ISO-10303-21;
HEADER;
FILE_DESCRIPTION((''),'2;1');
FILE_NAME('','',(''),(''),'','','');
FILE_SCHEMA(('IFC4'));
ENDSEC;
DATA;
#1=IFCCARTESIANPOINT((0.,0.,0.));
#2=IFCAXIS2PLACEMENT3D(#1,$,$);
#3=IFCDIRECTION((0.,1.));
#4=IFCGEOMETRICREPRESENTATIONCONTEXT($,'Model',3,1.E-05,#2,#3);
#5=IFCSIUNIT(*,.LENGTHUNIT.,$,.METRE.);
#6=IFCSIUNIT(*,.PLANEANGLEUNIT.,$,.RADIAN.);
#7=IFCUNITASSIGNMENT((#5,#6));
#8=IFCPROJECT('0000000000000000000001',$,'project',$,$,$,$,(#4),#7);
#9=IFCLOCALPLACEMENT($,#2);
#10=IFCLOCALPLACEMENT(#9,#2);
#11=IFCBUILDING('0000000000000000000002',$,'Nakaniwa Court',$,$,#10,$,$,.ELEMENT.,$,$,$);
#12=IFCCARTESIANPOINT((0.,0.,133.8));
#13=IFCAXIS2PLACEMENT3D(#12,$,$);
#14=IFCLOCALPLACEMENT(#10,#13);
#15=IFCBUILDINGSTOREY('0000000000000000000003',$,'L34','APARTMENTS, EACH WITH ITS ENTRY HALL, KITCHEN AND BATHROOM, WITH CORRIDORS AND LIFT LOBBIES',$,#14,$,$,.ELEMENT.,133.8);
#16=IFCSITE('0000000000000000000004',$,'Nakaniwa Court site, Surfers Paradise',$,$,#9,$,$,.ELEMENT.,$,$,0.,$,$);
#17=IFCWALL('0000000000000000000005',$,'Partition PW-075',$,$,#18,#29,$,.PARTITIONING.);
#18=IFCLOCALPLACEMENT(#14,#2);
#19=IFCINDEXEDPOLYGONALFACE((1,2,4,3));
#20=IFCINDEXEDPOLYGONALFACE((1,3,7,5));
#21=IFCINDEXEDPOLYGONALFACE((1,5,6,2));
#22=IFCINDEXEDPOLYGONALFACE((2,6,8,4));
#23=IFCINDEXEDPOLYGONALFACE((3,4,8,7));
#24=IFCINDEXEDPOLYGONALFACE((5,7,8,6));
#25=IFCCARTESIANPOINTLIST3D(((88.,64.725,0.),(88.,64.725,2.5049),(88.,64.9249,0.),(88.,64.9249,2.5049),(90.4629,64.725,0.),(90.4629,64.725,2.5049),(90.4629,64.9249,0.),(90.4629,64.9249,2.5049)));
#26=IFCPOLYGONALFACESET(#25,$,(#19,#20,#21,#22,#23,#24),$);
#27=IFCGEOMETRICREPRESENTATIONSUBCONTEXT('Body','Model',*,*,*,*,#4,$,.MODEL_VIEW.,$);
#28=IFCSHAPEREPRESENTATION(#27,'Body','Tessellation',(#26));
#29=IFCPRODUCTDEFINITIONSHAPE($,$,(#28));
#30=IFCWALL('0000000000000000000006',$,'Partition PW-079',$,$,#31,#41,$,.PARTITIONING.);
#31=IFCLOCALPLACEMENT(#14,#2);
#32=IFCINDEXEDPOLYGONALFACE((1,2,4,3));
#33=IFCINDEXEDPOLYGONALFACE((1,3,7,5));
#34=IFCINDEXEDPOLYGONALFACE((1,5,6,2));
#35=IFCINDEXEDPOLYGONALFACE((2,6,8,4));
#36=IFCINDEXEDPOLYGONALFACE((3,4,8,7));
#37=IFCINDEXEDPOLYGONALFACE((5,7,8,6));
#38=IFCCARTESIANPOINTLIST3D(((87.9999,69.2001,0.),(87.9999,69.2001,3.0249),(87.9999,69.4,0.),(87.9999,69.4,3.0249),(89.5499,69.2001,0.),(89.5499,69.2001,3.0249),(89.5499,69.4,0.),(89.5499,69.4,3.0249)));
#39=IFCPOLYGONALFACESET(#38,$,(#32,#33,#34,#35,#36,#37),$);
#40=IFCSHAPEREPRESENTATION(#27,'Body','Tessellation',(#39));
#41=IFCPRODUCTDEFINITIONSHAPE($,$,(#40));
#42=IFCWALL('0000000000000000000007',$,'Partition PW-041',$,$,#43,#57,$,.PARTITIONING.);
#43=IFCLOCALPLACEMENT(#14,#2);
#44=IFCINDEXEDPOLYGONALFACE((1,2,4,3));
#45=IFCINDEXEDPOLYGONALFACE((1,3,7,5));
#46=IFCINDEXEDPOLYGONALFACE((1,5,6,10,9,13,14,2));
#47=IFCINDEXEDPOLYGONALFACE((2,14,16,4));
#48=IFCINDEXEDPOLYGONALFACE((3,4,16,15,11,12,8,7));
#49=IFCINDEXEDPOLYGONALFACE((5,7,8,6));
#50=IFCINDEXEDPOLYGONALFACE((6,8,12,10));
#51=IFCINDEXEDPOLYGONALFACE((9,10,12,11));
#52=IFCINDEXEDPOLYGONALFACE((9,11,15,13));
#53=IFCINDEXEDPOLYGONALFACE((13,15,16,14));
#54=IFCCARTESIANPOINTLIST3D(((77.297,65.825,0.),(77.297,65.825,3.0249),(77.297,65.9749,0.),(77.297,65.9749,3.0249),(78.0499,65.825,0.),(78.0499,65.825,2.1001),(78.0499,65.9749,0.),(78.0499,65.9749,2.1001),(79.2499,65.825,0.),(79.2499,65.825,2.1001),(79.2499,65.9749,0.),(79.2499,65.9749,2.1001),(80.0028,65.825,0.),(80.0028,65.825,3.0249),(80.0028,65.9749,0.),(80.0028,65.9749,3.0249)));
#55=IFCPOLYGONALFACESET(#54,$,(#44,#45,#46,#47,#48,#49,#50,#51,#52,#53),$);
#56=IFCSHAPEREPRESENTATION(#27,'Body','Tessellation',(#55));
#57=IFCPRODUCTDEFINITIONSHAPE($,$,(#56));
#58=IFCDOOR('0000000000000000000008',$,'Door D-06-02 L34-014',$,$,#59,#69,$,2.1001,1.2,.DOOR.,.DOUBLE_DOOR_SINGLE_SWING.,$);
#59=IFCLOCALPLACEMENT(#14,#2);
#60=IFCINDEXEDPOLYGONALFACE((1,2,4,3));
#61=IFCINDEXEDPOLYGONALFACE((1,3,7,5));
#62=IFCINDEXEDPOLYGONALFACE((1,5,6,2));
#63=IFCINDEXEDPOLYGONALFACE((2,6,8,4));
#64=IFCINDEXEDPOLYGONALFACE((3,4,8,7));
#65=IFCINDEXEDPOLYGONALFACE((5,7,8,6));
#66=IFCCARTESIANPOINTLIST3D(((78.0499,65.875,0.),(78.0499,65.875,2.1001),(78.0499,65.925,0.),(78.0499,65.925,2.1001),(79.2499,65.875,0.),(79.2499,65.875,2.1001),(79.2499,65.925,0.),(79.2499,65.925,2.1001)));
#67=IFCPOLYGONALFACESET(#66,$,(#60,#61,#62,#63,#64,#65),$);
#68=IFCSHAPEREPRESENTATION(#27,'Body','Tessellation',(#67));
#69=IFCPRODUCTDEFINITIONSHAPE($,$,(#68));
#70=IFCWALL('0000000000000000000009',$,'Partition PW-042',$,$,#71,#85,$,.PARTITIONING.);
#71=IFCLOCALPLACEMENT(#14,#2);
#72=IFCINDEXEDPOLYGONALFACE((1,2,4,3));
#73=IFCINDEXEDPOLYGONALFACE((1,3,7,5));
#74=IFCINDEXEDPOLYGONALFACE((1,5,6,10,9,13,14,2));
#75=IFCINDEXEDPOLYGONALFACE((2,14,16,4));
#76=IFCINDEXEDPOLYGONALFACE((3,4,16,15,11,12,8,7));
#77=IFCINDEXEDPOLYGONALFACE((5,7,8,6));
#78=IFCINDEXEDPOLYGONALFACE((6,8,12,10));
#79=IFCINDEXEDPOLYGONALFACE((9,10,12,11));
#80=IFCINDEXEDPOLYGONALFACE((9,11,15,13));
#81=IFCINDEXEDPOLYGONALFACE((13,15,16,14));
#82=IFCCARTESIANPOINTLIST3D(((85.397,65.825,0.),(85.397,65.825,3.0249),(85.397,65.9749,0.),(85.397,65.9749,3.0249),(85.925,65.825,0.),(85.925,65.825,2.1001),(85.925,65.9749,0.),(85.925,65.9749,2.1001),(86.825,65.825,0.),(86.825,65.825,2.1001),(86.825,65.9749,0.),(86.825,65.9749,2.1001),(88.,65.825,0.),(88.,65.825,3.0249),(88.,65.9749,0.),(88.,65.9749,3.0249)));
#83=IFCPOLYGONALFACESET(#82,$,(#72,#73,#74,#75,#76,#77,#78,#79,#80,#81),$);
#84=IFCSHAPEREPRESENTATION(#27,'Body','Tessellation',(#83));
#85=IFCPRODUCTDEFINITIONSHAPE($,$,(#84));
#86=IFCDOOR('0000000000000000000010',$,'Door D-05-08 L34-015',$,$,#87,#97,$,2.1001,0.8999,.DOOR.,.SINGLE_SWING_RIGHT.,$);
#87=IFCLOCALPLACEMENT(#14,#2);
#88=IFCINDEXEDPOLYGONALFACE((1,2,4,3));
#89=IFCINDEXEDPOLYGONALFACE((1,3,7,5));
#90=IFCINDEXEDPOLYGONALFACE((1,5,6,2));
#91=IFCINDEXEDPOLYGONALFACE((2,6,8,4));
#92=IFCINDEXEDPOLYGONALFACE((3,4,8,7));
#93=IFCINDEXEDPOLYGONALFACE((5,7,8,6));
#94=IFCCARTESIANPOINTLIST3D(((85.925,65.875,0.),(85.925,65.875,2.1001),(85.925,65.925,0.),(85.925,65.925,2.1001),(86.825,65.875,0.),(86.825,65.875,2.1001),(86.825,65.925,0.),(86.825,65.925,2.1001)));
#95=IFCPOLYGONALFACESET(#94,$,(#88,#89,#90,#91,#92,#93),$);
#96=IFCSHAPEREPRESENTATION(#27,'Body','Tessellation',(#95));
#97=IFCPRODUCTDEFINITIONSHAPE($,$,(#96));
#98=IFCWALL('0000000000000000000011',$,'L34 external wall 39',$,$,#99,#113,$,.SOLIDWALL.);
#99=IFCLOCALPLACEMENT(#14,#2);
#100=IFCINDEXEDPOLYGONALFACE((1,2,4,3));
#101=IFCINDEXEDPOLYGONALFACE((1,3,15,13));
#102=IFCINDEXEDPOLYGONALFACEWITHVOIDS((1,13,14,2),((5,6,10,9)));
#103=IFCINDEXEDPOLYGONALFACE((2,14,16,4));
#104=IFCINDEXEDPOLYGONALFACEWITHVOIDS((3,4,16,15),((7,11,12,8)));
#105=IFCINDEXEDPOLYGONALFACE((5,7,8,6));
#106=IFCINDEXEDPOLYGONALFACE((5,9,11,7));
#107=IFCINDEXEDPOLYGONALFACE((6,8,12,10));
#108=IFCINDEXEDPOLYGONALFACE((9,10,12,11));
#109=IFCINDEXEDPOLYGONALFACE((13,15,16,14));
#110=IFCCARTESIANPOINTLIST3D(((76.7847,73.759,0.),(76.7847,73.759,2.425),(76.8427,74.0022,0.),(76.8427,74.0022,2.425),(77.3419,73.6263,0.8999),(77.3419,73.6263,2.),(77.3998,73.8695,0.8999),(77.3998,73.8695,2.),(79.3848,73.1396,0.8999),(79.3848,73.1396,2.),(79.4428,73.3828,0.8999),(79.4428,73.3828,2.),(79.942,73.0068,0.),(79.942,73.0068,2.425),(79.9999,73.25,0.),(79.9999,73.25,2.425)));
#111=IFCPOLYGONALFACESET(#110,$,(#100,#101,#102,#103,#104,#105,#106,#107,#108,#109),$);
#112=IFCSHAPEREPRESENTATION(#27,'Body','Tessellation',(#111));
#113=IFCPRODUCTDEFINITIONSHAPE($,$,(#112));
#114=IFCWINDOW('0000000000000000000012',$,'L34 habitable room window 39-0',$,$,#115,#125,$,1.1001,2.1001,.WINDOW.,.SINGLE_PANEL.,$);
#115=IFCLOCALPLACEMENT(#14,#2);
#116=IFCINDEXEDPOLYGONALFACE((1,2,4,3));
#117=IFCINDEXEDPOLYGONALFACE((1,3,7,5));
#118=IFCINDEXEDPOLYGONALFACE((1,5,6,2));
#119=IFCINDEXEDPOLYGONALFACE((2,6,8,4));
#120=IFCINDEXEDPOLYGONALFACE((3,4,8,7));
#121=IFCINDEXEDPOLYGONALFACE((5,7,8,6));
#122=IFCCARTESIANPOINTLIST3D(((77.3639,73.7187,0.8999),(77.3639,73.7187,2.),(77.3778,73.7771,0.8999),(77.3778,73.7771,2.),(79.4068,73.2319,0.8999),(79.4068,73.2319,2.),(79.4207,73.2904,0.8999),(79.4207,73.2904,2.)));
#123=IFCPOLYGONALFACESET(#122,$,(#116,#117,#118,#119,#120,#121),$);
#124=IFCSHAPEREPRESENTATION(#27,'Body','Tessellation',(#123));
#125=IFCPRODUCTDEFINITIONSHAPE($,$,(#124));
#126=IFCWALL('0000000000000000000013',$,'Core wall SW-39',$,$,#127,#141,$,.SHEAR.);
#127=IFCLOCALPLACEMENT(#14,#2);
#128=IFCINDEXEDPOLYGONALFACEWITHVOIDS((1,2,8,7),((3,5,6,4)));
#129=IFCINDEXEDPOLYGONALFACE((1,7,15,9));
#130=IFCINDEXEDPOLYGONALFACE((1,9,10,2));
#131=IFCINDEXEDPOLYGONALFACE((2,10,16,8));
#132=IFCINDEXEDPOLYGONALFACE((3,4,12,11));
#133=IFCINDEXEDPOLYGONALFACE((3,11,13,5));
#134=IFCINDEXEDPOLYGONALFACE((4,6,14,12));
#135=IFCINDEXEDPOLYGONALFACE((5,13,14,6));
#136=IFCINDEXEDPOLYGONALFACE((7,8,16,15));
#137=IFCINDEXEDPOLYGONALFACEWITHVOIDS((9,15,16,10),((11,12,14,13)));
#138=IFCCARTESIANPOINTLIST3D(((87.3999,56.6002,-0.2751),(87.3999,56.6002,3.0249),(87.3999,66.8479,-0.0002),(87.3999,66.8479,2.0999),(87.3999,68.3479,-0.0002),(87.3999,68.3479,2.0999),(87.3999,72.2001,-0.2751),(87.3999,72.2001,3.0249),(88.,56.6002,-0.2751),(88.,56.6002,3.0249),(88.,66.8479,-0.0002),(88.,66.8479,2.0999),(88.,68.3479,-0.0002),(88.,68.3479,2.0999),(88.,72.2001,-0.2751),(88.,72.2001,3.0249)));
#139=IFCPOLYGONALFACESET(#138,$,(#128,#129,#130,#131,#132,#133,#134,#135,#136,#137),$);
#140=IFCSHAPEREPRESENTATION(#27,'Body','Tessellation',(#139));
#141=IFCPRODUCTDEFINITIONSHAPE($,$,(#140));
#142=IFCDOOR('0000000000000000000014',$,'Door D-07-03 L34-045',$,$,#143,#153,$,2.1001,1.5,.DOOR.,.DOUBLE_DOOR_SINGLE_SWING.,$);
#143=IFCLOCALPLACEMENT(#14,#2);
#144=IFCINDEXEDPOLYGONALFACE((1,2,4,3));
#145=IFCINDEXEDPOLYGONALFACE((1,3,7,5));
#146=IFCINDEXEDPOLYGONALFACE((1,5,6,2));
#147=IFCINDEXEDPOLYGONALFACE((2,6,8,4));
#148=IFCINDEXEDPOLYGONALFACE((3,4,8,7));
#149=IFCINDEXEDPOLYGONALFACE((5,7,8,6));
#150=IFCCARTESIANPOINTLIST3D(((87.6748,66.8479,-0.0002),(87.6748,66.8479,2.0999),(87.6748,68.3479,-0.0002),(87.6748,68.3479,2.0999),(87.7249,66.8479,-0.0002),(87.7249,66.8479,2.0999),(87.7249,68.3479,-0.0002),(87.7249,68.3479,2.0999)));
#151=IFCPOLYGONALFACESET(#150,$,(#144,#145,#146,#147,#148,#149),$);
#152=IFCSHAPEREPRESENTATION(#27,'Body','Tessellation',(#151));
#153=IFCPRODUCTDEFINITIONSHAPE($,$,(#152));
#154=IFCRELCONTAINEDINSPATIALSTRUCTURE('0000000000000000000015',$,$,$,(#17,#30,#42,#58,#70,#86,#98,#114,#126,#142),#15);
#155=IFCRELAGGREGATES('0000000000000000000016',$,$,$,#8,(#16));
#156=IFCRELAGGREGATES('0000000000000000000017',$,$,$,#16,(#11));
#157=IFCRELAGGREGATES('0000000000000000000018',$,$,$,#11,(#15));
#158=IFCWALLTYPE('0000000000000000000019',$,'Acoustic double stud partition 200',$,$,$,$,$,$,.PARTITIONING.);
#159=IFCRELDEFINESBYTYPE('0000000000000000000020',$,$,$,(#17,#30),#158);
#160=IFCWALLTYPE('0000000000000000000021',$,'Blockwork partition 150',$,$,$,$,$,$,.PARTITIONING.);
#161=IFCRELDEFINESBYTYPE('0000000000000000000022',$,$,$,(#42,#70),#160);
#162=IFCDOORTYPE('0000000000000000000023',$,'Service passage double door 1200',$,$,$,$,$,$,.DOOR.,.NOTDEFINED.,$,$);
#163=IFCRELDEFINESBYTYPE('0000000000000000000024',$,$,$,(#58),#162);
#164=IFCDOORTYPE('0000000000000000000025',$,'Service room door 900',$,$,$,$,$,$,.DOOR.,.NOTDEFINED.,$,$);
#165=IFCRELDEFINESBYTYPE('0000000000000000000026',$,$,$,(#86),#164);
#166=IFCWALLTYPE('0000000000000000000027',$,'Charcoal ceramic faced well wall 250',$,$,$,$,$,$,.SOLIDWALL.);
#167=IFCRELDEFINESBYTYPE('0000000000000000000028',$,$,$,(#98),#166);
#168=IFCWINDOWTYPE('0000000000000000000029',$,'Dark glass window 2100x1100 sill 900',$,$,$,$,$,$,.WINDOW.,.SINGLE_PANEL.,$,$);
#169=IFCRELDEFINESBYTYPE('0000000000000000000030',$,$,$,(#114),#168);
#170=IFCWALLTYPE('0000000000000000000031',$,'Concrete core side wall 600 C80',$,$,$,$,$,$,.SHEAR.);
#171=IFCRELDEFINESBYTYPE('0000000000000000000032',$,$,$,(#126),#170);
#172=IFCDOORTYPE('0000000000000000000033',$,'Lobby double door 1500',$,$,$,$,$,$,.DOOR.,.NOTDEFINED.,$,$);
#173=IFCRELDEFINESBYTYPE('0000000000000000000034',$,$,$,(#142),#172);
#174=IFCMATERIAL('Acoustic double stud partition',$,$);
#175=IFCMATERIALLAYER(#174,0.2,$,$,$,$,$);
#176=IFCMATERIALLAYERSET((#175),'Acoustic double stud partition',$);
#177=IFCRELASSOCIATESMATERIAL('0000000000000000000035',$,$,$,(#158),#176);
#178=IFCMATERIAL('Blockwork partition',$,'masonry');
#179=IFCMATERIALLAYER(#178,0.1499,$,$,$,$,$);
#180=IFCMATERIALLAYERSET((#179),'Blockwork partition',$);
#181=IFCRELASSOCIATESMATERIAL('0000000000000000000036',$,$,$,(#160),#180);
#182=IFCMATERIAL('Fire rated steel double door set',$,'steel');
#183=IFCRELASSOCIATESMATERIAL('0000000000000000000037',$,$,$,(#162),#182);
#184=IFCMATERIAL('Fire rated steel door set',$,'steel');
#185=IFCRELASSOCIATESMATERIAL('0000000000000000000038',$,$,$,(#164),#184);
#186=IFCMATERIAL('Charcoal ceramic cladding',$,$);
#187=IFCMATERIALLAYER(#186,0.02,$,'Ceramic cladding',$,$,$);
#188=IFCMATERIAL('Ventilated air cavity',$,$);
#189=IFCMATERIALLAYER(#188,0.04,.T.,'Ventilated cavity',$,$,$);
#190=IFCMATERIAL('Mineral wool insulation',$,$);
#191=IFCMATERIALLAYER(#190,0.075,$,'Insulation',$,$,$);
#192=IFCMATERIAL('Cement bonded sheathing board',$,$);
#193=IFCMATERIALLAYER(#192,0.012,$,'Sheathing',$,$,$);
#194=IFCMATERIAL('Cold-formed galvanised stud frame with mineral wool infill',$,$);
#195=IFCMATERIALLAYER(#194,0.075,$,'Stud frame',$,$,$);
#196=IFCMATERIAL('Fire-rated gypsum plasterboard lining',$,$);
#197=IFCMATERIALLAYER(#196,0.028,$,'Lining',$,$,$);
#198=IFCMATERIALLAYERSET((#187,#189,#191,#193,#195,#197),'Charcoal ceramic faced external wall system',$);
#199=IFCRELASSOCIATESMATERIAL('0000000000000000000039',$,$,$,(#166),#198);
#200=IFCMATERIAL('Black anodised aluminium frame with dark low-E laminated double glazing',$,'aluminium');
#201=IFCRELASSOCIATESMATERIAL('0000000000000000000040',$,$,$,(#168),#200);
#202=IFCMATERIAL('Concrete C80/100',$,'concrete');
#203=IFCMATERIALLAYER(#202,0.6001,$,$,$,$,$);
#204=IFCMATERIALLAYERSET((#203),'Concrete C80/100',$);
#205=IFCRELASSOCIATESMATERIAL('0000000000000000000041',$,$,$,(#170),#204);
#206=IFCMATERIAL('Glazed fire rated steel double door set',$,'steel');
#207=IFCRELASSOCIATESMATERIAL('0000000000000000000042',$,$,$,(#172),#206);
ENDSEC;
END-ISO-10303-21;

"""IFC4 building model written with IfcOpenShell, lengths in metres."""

from ifc_helpers import new_model, si_unit, direction, frame, frame_2d, origin, place, context, subcontext, project, spatial, rectangle, extrude, material, layer, layer_set, type_object, element, fill, save


model = new_model("IFC4")

# Units and contexts
model_context = context("Model", 3, precision=1e-05, world=origin(), true_north=direction((0.0, 1.0)))
body_context = subcontext(model_context, "Body", "Model", "MODEL_VIEW")
ifc_project = project(units=[si_unit("LENGTHUNIT", "METRE"), si_unit("PLANEANGLEUNIT", "RADIAN")], contexts=[model_context])

# Site, building, storey
site_placement = place(None, origin())
site = spatial("IfcSite", under=ifc_project, at=site_placement, Name="Nakaniwa Court site, Surfers Paradise", CompositionType="ELEMENT", RefElevation=0.0)
building_placement = place(site_placement, origin())
building = spatial("IfcBuilding", under=site, at=building_placement, Name="Nakaniwa Court", CompositionType="ELEMENT")
storey_placement = place(building_placement, frame((0.0, 0.0, 133.8)))
storey = spatial("IfcBuildingStorey", under=building, at=storey_placement, Name="L34", Description="APARTMENTS, EACH WITH ITS ENTRY HALL, KITCHEN AND BATHROOM, WITH CORRIDORS AND LIFT LOBBIES", CompositionType="ELEMENT", Elevation=133.8)

# Shared definitions
ifc_material_1 = material(Name="Concrete C80/100", Category="concrete")

# Walls
ifc_material_2 = material(Name="Acoustic double stud partition")
ifc_layer_1 = layer(ifc_material_2, 0.2)
ifc_layer_set_1 = layer_set([ifc_layer_1], Name="Acoustic double stud partition")
wall_type_1 = type_object("IfcWallType", Name="Acoustic double stud partition 200", PredefinedType="PARTITIONING", material=ifc_layer_set_1)
wall_1_placement = place(storey_placement, frame((88.0, 64.825, 0.0), z_axis=(0.0, 0.0, 1.0), x_axis=(1.0, 0.0, 0.0)))
element("IfcWall", 1, at=wall_1_placement, inside=storey, type_object=wall_type_1, Name="Partition PW-075", PredefinedType="PARTITIONING", context=body_context, shape_type="SweptSolid", body=[
    extrude(rectangle(XDim=2.4629, YDim=0.2, at=frame_2d((1.2314, 0.0))), origin(), (0.0, 0.0, 1.0), 2.5049),
])
wall_2_placement = place(storey_placement, frame((88.0, 69.3, 0.0), z_axis=(0.0, 0.0, 1.0), x_axis=(1.0, 0.0, 0.0)))
element("IfcWall", 2, at=wall_2_placement, inside=storey, type_object=wall_type_1, Name="Partition PW-079", PredefinedType="PARTITIONING", context=body_context, shape_type="SweptSolid", body=[
    extrude(rectangle(XDim=1.55, YDim=0.2, at=frame_2d((0.7749, 0.0))), origin(), (0.0, 0.0, 1.0), 3.0249),
])

# Walls, openings, doors
ifc_material_3 = material(Name="Blockwork partition", Category="masonry")
ifc_layer_2 = layer(ifc_material_3, 0.1499)
ifc_layer_set_2 = layer_set([ifc_layer_2], Name="Blockwork partition")
wall_type_2 = type_object("IfcWallType", Name="Blockwork partition 150", PredefinedType="PARTITIONING", material=ifc_layer_set_2)
wall_3_placement = place(storey_placement, frame((80.0029, 65.8999, 0.0), z_axis=(0.0, 0.0, 1.0), x_axis=(-1.0, 0.0, 0.0)))
wall_3 = element("IfcWall", 3, at=wall_3_placement, inside=storey, type_object=wall_type_2, Name="Partition PW-041", PredefinedType="PARTITIONING", context=body_context, shape_type="SweptSolid", body=[
    extrude(rectangle(XDim=2.7058, YDim=0.1499, at=frame_2d((1.353, 0.0))), origin(), (0.0, 0.0, 1.0), 3.0249),
])
opening_1_placement = place(wall_3_placement, frame((0.7529, 0.0, 0.0)))
opening_1 = element("IfcOpeningElement", 4, at=opening_1_placement, cuts=wall_3, PredefinedType="OPENING", context=body_context, shape_type="SweptSolid", body=[
    extrude(rectangle(XDim=1.2, YDim=2.1001, at=frame_2d((0.6001, 1.05))), frame((0.0, 0.085, 0.0), z_axis=(0.0, -1.0, 0.0), x_axis=(1.0, 0.0, 0.0)), (0.0, 0.0, 1.0), 0.1699),
])
ifc_material_4 = material(Name="Fire rated steel double door set", Category="steel")
door_type_1 = type_object("IfcDoorType", Name="Service passage double door 1200", OperationType="NOTDEFINED", PredefinedType="DOOR", material=ifc_material_4)
door_1_placement = place(opening_1_placement, origin())
door_1 = element("IfcDoor", 5, at=door_1_placement, inside=storey, type_object=door_type_1, Name="Door D-06-02 L34-014", OperationType="DOUBLE_DOOR_SINGLE_SWING", OverallHeight=2.1001, OverallWidth=1.2, PredefinedType="DOOR", context=body_context, shape_type="SweptSolid", body=[
    extrude(rectangle(XDim=1.2, YDim=2.1001, at=frame_2d((0.6001, 1.05))), frame((0.0, 0.0249, 0.0), z_axis=(0.0, -1.0, 0.0), x_axis=(1.0, 0.0, 0.0)), (0.0, 0.0, 1.0), 0.05),
])
fill(opening_1, door_1)
wall_4_placement = place(storey_placement, frame((88.0, 65.8999, 0.0), z_axis=(0.0, 0.0, 1.0), x_axis=(-1.0, 0.0, 0.0)))
wall_4 = element("IfcWall", 6, at=wall_4_placement, inside=storey, type_object=wall_type_2, Name="Partition PW-042", PredefinedType="PARTITIONING", context=body_context, shape_type="SweptSolid", body=[
    extrude(rectangle(XDim=2.603, YDim=0.1499, at=frame_2d((1.3015, 0.0))), origin(), (0.0, 0.0, 1.0), 3.0249),
])
opening_2_placement = place(wall_4_placement, frame((1.175, 0.0, 0.0)))
opening_2 = element("IfcOpeningElement", 7, at=opening_2_placement, cuts=wall_4, PredefinedType="OPENING", context=body_context, shape_type="SweptSolid", body=[
    extrude(rectangle(XDim=0.8999, YDim=2.1001, at=frame_2d((0.45, 1.05))), frame((0.0, 0.085, 0.0), z_axis=(0.0, -1.0, 0.0), x_axis=(1.0, 0.0, 0.0)), (0.0, 0.0, 1.0), 0.1699),
])
ifc_material_5 = material(Name="Fire rated steel door set", Category="steel")
door_type_2 = type_object("IfcDoorType", Name="Service room door 900", OperationType="NOTDEFINED", PredefinedType="DOOR", material=ifc_material_5)
door_2_placement = place(opening_2_placement, origin())
door_2 = element("IfcDoor", 8, at=door_2_placement, inside=storey, type_object=door_type_2, Name="Door D-05-08 L34-015", OperationType="SINGLE_SWING_RIGHT", OverallHeight=2.1001, OverallWidth=0.8999, PredefinedType="DOOR", context=body_context, shape_type="SweptSolid", body=[
    extrude(rectangle(XDim=0.8999, YDim=2.1001, at=frame_2d((0.45, 1.05))), frame((0.0, 0.0249, 0.0), z_axis=(0.0, -1.0, 0.0), x_axis=(1.0, 0.0, 0.0)), (0.0, 0.0, 1.0), 0.05),
])
fill(opening_2, door_2)

# Wall, opening, window
ifc_material_6 = material(Name="Charcoal ceramic cladding")
ifc_layer_3 = layer(ifc_material_6, 0.02, Name="Ceramic cladding")
ifc_material_7 = material(Name="Ventilated air cavity")
ifc_layer_4 = layer(ifc_material_7, 0.04, ventilated=True, Name="Ventilated cavity")
ifc_material_8 = material(Name="Mineral wool insulation")
ifc_layer_5 = layer(ifc_material_8, 0.075, Name="Insulation")
ifc_material_9 = material(Name="Cement bonded sheathing board")
ifc_layer_6 = layer(ifc_material_9, 0.012, Name="Sheathing")
ifc_material_10 = material(Name="Cold-formed galvanised stud frame with mineral wool infill")
ifc_layer_7 = layer(ifc_material_10, 0.075, Name="Stud frame")
ifc_material_11 = material(Name="Fire-rated gypsum plasterboard lining")
ifc_layer_8 = layer(ifc_material_11, 0.028, Name="Lining")
ifc_layer_set_3 = layer_set([ifc_layer_3, ifc_layer_4, ifc_layer_5, ifc_layer_6, ifc_layer_7, ifc_layer_8], Name="Charcoal ceramic faced external wall system")
wall_type_3 = type_object("IfcWallType", Name="Charcoal ceramic faced well wall 250", PredefinedType="SOLIDWALL", material=ifc_layer_set_3)
wall_5_placement = place(storey_placement, frame((79.9709, 73.1284, 0.0), z_axis=(0.0, 0.0, 1.0), x_axis=(-0.972773, 0.23176, 0.0)))
wall_5 = element("IfcWall", 9, at=wall_5_placement, inside=storey, type_object=wall_type_3, Name="L34 external wall 39", PredefinedType="SOLIDWALL", context=body_context, shape_type="SweptSolid", body=[
    extrude(rectangle(XDim=3.2456, YDim=0.25, at=frame_2d((1.6228, 0.0))), origin(), (0.0, 0.0, 1.0), 2.425),
])
opening_3_placement = place(wall_5_placement, frame((0.5728, 0.0, 0.8999)))
opening_3 = element("IfcOpeningElement", 10, at=opening_3_placement, cuts=wall_5, PredefinedType="OPENING", context=body_context, shape_type="SweptSolid", body=[
    extrude(rectangle(XDim=2.1001, YDim=1.1001, at=frame_2d((1.05, 0.55))), frame((0.0, 0.135, 0.0), z_axis=(0.0, -1.0, 0.0), x_axis=(1.0, 0.0, 0.0)), (0.0, 0.0, 1.0), 0.27),
])
ifc_material_12 = material(Name="Black anodised aluminium frame with dark low-E laminated double glazing", Category="aluminium")
window_type = type_object("IfcWindowType", Name="Dark glass window 2100x1100 sill 900", PartitioningType="SINGLE_PANEL", PredefinedType="WINDOW", material=ifc_material_12)
window_placement = place(opening_3_placement, origin())
window = element("IfcWindow", 11, at=window_placement, inside=storey, type_object=window_type, Name="L34 habitable room window 39-0", OverallHeight=1.1001, OverallWidth=2.1001, PartitioningType="SINGLE_PANEL", PredefinedType="WINDOW", context=body_context, shape_type="SweptSolid", body=[
    extrude(rectangle(XDim=2.1001, YDim=1.1001, at=frame_2d((1.05, 0.55))), frame((0.0, 0.03, 0.0), z_axis=(0.0, -1.0, 0.0), x_axis=(1.0, 0.0, 0.0)), (0.0, 0.0, 1.0), 0.0601),
])
fill(opening_3, window)

# Wall, opening, door
ifc_layer_9 = layer(ifc_material_1, 0.6001)
ifc_layer_set_4 = layer_set([ifc_layer_9], Name="Concrete C80/100")
wall_type_4 = type_object("IfcWallType", Name="Concrete core side wall 600 C80", PredefinedType="SHEAR", material=ifc_layer_set_4)
wall_6_placement = place(storey_placement, frame((87.7, 72.2, -0.2751), z_axis=(0.0, 0.0, 1.0), x_axis=(0.0, -1.0, 0.0)))
wall_6 = element("IfcWall", 12, at=wall_6_placement, inside=storey, type_object=wall_type_4, Name="Core wall SW-39", PredefinedType="SHEAR", context=body_context, shape_type="SweptSolid", body=[
    extrude(rectangle(XDim=15.5999, YDim=0.6001, at=frame_2d((7.7998, 0.0))), origin(), (0.0, 0.0, 1.0), 3.3),
])
opening_4_placement = place(wall_6_placement, frame((3.8521, 0.0, 0.2749)))
opening_4 = element("IfcOpeningElement", 13, at=opening_4_placement, cuts=wall_6, PredefinedType="OPENING", context=body_context, shape_type="SweptSolid", body=[
    extrude(rectangle(XDim=1.5, YDim=2.1001, at=frame_2d((0.75, 1.05))), frame((0.0, 0.3101, 0.0), z_axis=(0.0, -1.0, 0.0), x_axis=(1.0, 0.0, 0.0)), (0.0, 0.0, 1.0), 0.6201),
])
ifc_material_13 = material(Name="Glazed fire rated steel double door set", Category="steel")
door_type_3 = type_object("IfcDoorType", Name="Lobby double door 1500", OperationType="NOTDEFINED", PredefinedType="DOOR", material=ifc_material_13)
door_3_placement = place(opening_4_placement, origin())
door_3 = element("IfcDoor", 14, at=door_3_placement, inside=storey, type_object=door_type_3, Name="Door D-07-03 L34-045", OperationType="DOUBLE_DOOR_SINGLE_SWING", OverallHeight=2.1001, OverallWidth=1.5, PredefinedType="DOOR", context=body_context, shape_type="SweptSolid", body=[
    extrude(rectangle(XDim=1.5, YDim=2.1001, at=frame_2d((0.75, 1.05))), frame((0.0, 0.0249, 0.0), z_axis=(0.0, -1.0, 0.0), x_axis=(1.0, 0.0, 0.0)), (0.0, 0.0, 1.0), 0.05),
])
fill(opening_4, door_3)

save(model, "model.ifc")
